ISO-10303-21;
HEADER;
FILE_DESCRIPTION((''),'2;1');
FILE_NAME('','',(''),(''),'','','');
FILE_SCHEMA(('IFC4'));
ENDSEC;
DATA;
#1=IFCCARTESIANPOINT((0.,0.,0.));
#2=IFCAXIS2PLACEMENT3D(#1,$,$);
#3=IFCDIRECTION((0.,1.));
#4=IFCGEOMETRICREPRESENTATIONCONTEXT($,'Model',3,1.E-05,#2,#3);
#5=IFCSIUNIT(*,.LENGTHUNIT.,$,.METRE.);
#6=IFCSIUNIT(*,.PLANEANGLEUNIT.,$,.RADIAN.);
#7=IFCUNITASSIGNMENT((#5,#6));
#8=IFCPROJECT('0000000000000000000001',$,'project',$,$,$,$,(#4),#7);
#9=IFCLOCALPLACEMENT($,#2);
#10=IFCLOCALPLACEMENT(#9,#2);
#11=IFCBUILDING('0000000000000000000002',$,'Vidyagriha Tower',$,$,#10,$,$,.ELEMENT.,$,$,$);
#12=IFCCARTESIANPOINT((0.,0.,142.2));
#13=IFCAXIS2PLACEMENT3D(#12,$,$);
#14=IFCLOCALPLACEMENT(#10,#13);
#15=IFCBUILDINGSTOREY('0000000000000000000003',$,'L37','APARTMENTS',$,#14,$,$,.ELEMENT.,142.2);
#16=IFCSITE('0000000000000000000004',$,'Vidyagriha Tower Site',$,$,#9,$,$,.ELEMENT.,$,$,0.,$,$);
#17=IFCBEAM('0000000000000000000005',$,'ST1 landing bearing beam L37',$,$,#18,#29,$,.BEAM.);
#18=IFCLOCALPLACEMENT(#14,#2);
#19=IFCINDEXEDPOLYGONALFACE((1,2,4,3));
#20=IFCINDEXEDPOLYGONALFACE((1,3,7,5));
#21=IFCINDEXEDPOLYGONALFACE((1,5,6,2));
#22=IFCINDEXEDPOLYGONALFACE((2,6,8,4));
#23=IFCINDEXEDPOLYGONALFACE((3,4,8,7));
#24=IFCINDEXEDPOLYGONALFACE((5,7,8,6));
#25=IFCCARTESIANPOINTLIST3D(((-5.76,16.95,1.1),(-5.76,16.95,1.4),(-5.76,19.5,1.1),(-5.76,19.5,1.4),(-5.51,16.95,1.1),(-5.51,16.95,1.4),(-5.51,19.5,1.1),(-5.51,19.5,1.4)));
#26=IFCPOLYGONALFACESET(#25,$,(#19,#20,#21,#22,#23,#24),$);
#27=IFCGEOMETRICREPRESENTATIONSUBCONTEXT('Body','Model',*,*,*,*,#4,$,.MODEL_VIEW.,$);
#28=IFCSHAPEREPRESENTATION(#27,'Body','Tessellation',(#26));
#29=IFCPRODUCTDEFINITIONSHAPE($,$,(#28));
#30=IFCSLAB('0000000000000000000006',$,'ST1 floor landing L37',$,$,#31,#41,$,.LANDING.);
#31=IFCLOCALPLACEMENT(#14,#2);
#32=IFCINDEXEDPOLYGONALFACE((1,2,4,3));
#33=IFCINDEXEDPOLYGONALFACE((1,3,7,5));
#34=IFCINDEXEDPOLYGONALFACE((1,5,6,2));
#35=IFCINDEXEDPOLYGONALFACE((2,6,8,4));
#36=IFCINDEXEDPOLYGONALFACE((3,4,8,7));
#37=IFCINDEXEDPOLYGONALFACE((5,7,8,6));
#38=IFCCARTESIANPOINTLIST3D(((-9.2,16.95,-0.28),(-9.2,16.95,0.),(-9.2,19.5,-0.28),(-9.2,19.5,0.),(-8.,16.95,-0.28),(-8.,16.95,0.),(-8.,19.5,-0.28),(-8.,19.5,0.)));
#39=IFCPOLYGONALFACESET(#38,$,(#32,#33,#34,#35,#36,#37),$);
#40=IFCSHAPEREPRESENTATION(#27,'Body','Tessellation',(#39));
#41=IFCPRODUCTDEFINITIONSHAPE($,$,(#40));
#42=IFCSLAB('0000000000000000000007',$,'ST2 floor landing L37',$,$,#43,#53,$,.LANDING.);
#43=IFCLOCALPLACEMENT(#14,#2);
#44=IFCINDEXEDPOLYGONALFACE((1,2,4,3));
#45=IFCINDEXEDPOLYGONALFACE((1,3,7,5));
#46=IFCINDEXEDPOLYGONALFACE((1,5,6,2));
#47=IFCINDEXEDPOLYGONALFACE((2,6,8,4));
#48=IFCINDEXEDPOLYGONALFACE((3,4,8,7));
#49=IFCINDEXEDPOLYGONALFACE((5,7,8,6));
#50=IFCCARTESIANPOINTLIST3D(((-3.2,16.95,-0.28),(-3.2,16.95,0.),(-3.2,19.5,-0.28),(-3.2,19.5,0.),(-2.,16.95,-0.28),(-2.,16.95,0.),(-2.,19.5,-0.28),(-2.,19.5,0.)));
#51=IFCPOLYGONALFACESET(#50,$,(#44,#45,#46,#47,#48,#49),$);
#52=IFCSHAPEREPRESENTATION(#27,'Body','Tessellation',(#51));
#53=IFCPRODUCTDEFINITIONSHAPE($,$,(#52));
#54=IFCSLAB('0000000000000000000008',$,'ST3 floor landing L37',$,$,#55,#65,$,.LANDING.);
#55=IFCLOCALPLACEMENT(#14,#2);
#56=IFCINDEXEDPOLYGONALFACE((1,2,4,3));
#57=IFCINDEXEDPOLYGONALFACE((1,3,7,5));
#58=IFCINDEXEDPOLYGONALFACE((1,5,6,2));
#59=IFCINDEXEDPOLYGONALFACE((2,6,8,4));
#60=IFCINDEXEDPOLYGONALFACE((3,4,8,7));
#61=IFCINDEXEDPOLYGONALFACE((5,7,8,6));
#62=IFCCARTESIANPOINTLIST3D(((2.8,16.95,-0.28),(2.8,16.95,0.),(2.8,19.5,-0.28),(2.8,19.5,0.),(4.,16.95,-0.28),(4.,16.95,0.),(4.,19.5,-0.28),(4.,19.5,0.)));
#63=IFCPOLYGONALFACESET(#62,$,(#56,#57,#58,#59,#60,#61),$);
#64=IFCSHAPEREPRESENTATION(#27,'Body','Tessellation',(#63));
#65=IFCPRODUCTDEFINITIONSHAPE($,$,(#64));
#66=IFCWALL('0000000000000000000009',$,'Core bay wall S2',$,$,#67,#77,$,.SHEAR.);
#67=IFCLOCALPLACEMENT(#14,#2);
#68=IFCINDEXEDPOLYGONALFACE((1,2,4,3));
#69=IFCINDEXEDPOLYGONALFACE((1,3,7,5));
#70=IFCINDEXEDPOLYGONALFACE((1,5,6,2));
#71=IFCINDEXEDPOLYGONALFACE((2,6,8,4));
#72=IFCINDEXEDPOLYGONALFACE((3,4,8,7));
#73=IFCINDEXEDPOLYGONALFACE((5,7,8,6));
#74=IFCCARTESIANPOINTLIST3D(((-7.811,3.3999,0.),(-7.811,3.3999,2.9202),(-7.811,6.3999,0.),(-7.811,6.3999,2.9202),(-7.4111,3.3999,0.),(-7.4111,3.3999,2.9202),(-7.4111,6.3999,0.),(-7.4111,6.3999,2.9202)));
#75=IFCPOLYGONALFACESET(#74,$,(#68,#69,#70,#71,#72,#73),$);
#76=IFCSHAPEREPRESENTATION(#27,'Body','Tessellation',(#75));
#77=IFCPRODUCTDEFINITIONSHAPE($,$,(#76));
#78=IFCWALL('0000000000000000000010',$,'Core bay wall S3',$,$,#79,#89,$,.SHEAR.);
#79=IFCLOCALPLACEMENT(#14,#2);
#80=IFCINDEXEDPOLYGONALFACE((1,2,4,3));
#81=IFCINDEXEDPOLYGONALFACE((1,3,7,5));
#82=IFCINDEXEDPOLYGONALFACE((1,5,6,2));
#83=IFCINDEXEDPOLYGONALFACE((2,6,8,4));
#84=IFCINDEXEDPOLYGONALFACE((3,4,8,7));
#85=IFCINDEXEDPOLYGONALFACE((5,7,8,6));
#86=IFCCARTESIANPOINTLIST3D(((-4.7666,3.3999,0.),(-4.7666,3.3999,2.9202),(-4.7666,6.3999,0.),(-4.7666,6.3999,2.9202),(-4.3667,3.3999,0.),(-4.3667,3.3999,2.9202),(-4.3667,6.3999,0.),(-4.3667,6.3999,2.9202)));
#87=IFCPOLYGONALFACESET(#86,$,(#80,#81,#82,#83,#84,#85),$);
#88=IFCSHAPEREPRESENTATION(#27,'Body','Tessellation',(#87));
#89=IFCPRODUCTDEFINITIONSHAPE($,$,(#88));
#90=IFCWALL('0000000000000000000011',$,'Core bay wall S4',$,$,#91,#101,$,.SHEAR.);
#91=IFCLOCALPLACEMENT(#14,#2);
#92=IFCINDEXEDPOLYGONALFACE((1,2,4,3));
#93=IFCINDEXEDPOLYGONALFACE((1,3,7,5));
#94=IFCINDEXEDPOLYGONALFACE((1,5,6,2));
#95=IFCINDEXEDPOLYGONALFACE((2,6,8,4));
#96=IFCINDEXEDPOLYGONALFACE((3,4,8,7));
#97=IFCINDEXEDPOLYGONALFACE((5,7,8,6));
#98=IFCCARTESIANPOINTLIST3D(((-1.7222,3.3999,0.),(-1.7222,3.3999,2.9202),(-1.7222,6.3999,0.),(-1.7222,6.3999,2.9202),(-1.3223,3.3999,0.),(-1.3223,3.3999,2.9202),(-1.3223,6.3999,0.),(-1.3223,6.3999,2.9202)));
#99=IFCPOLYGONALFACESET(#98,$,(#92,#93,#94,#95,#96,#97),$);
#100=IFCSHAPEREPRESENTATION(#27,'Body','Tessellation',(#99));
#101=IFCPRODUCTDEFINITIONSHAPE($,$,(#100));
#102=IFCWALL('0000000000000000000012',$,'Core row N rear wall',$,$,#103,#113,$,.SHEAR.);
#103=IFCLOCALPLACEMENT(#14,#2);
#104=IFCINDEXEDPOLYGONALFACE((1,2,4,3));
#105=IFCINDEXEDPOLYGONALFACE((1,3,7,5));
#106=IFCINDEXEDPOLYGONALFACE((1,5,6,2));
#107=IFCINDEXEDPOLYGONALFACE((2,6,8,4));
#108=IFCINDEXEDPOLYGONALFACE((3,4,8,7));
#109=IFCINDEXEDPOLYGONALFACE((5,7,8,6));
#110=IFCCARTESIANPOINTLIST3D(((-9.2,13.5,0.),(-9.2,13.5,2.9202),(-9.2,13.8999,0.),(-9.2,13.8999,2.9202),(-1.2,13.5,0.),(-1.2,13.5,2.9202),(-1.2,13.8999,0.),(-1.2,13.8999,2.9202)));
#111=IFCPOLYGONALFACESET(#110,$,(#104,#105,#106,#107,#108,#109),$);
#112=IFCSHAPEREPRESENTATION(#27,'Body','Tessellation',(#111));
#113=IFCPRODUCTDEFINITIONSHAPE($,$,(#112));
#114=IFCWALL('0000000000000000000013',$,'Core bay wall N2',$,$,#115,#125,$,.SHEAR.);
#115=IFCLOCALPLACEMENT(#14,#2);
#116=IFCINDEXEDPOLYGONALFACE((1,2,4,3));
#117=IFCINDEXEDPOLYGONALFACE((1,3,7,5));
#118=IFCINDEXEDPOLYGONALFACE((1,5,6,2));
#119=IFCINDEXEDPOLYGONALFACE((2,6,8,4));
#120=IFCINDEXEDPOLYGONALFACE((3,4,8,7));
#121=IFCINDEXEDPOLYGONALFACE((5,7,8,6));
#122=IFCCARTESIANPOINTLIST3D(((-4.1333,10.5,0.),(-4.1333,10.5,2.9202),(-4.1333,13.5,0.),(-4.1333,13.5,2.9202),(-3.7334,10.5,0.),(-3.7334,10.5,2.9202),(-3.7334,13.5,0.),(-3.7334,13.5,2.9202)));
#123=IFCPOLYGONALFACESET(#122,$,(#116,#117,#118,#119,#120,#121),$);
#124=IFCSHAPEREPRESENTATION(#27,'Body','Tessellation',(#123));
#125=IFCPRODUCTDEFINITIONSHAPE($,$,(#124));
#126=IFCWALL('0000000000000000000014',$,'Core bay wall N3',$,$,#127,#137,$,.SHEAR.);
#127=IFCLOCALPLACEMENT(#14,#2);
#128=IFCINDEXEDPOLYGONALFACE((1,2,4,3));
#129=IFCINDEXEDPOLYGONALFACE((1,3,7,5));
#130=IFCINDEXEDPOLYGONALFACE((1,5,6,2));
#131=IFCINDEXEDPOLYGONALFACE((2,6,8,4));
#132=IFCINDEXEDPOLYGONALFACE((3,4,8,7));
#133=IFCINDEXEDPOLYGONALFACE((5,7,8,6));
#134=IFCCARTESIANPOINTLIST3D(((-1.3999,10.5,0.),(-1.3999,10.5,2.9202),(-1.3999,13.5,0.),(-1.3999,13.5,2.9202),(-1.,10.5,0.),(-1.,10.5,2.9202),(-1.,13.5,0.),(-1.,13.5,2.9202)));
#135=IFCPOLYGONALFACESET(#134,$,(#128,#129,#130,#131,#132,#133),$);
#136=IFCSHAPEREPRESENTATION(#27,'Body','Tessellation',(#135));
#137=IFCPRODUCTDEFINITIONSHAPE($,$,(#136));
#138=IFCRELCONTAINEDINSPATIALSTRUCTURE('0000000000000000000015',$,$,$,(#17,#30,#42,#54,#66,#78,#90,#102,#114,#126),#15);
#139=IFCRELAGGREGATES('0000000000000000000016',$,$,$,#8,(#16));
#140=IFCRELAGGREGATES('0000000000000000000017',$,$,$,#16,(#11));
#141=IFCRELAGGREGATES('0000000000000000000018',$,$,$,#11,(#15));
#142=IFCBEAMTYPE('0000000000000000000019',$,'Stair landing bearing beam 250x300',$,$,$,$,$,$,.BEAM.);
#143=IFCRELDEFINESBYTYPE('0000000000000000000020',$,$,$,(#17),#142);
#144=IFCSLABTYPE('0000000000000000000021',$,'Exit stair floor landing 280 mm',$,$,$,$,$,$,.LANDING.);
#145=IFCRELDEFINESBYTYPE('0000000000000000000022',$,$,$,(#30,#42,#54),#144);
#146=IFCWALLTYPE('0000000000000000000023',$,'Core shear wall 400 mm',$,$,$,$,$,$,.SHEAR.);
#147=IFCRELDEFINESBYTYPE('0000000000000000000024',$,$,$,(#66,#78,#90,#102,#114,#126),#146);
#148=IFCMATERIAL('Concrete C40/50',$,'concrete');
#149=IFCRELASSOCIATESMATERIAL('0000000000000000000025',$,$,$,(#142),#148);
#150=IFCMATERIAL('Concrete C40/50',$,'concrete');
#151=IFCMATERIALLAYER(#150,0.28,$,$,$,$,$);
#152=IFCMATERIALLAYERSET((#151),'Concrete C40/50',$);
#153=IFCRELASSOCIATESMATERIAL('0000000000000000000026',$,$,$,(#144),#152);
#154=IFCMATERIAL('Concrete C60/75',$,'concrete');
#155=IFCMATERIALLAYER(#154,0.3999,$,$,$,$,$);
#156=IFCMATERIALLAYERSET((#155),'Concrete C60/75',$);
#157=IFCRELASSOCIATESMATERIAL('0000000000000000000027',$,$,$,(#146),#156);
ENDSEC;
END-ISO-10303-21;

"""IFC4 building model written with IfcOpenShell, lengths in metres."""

from ifc_helpers import new_model, si_unit, direction, frame, frame_2d, origin, origin_2d, place, context, subcontext, project, spatial, polyline, rectangle, outline, extrude, material, layer, layer_set, material_profile, profile_set, type_object, element, save


model = new_model("IFC4")

# Units and contexts
model_context = context("Model", 3, precision=1e-05, world=origin(), true_north=direction((0.0, 1.0)))
body_context = subcontext(model_context, "Body", "Model", "MODEL_VIEW")
ifc_project = project(units=[si_unit("LENGTHUNIT", "METRE"), si_unit("PLANEANGLEUNIT", "RADIAN")], contexts=[model_context])

# Site, building, storey
site_placement = place(None, origin())
site = spatial("IfcSite", under=ifc_project, at=site_placement, Name="Vidyagriha Tower Site", CompositionType="ELEMENT", RefElevation=0.0)
building_placement = place(site_placement, origin())
building = spatial("IfcBuilding", under=site, at=building_placement, Name="Vidyagriha Tower", CompositionType="ELEMENT")
storey_placement = place(building_placement, frame((0.0, 0.0, 142.2)))
storey = spatial("IfcBuildingStorey", under=building, at=storey_placement, Name="L37", Description="APARTMENTS", CompositionType="ELEMENT", Elevation=142.2)

# Beam
ifc_material_1 = material(Name="Concrete C40/50", Category="concrete")
ifc_material_profile = material_profile(ifc_material_1, rectangle(XDim=0.25, YDim=0.3, at=origin_2d()), Name="Stair landing bearing beam 250x300")
ifc_profile_set = profile_set([ifc_material_profile], Name="Concrete C40/50")
beam_type = type_object("IfcBeamType", Name="Stair landing bearing beam 250x300", PredefinedType="BEAM", material=ifc_profile_set)
beam_placement = place(storey_placement, frame((-5.635, 16.95, 1.25), z_axis=(0.0, 1.0, 0.0), x_axis=(-1.0, 0.0, 0.0)))
element("IfcBeam", 1, at=beam_placement, inside=storey, type_object=beam_type, Name="ST1 landing bearing beam L37", PredefinedType="BEAM", context=body_context, shape_type="SweptSolid", body=[
    extrude(rectangle(XDim=0.25, YDim=0.3, at=origin_2d()), origin(), (0.0, 0.0, 1.0), 2.55),
])

# Slabs
ifc_material_2 = material(Name="Concrete C40/50", Category="concrete")
ifc_layer_1 = layer(ifc_material_2, 0.28)
ifc_layer_set_1 = layer_set([ifc_layer_1], Name="Concrete C40/50")
slab_type = type_object("IfcSlabType", Name="Exit stair floor landing 280 mm", PredefinedType="LANDING", material=ifc_layer_set_1)
slab_1_placement = place(storey_placement, frame((0.0, 0.0, -0.28)))
element("IfcSlab", 2, at=slab_1_placement, inside=storey, type_object=slab_type, Name="ST1 floor landing L37", PredefinedType="LANDING", context=body_context, shape_type="SweptSolid", body=[
    extrude(outline(polyline([(-9.2, 16.95), (-8.0, 16.95), (-8.0, 19.5), (-9.2, 19.5), (-9.2, 16.95)])), origin(), (0.0, 0.0, 1.0), 0.28),
])
slab_2_placement = place(storey_placement, frame((0.0, 0.0, -0.28)))
element("IfcSlab", 3, at=slab_2_placement, inside=storey, type_object=slab_type, Name="ST2 floor landing L37", PredefinedType="LANDING", context=body_context, shape_type="SweptSolid", body=[
    extrude(outline(polyline([(-3.2, 16.95), (-2.0, 16.95), (-2.0, 19.5), (-3.2, 19.5), (-3.2, 16.95)])), origin(), (0.0, 0.0, 1.0), 0.28),
])
slab_3_placement = place(storey_placement, frame((0.0, 0.0, -0.28)))
element("IfcSlab", 4, at=slab_3_placement, inside=storey, type_object=slab_type, Name="ST3 floor landing L37", PredefinedType="LANDING", context=body_context, shape_type="SweptSolid", body=[
    extrude(outline(polyline([(2.8, 16.95), (4.0, 16.95), (4.0, 19.5), (2.8, 19.5), (2.8, 16.95)])), origin(), (0.0, 0.0, 1.0), 0.28),
])

# Walls
ifc_material_3 = material(Name="Concrete C60/75", Category="concrete")
ifc_layer_2 = layer(ifc_material_3, 0.3999)
ifc_layer_set_2 = layer_set([ifc_layer_2], Name="Concrete C60/75")
wall_type_1 = type_object("IfcWallType", Name="Core shear wall 400 mm", PredefinedType="SHEAR", material=ifc_layer_set_2)
for number, where, z_axis, x_axis, name in (
    (5, (-7.6111, 3.3999, 0.0), (0.0, 0.0, 1.0), (0.0, 1.0, 0.0), "Core bay wall S2"),
    (6, (-4.5667, 3.3999, 0.0), (0.0, 0.0, 1.0), (0.0, 1.0, 0.0), "Core bay wall S3"),
    (7, (-1.5222, 3.3999, 0.0), (0.0, 0.0, 1.0), (0.0, 1.0, 0.0), "Core bay wall S4"),
):
    element("IfcWall", number, at=place(storey_placement, frame(where, z_axis=z_axis, x_axis=x_axis)), inside=storey, type_object=wall_type_1, Name=name, PredefinedType="SHEAR", context=body_context, shape_type="SweptSolid", body=[
        extrude(rectangle(XDim=3.0, YDim=0.3999, at=frame_2d((1.5, 0.0))), origin(), (0.0, 0.0, 1.0), 2.9202),
    ])
wall_1_placement = place(storey_placement, frame((-9.2, 13.7, 0.0)))
element("IfcWall", 8, at=wall_1_placement, inside=storey, type_object=wall_type_1, Name="Core row N rear wall", PredefinedType="SHEAR", context=body_context, shape_type="SweptSolid", body=[
    extrude(rectangle(XDim=8.0, YDim=0.3999, at=frame_2d((4.0, 0.0))), origin(), (0.0, 0.0, 1.0), 2.9202),
])
for number, where, z_axis, x_axis, name in (
    (9, (-3.9333, 10.5, 0.0), (0.0, 0.0, 1.0), (0.0, 1.0, 0.0), "Core bay wall N2"),
    (10, (-1.2, 10.5, 0.0), (0.0, 0.0, 1.0), (0.0, 1.0, 0.0), "Core bay wall N3"),
):
    element("IfcWall", number, at=place(storey_placement, frame(where, z_axis=z_axis, x_axis=x_axis)), inside=storey, type_object=wall_type_1, Name=name, PredefinedType="SHEAR", context=body_context, shape_type="SweptSolid", body=[
        extrude(rectangle(XDim=3.0, YDim=0.3999, at=frame_2d((1.5, 0.0))), origin(), (0.0, 0.0, 1.0), 2.9202),
    ])

save(model, "model.ifc")
